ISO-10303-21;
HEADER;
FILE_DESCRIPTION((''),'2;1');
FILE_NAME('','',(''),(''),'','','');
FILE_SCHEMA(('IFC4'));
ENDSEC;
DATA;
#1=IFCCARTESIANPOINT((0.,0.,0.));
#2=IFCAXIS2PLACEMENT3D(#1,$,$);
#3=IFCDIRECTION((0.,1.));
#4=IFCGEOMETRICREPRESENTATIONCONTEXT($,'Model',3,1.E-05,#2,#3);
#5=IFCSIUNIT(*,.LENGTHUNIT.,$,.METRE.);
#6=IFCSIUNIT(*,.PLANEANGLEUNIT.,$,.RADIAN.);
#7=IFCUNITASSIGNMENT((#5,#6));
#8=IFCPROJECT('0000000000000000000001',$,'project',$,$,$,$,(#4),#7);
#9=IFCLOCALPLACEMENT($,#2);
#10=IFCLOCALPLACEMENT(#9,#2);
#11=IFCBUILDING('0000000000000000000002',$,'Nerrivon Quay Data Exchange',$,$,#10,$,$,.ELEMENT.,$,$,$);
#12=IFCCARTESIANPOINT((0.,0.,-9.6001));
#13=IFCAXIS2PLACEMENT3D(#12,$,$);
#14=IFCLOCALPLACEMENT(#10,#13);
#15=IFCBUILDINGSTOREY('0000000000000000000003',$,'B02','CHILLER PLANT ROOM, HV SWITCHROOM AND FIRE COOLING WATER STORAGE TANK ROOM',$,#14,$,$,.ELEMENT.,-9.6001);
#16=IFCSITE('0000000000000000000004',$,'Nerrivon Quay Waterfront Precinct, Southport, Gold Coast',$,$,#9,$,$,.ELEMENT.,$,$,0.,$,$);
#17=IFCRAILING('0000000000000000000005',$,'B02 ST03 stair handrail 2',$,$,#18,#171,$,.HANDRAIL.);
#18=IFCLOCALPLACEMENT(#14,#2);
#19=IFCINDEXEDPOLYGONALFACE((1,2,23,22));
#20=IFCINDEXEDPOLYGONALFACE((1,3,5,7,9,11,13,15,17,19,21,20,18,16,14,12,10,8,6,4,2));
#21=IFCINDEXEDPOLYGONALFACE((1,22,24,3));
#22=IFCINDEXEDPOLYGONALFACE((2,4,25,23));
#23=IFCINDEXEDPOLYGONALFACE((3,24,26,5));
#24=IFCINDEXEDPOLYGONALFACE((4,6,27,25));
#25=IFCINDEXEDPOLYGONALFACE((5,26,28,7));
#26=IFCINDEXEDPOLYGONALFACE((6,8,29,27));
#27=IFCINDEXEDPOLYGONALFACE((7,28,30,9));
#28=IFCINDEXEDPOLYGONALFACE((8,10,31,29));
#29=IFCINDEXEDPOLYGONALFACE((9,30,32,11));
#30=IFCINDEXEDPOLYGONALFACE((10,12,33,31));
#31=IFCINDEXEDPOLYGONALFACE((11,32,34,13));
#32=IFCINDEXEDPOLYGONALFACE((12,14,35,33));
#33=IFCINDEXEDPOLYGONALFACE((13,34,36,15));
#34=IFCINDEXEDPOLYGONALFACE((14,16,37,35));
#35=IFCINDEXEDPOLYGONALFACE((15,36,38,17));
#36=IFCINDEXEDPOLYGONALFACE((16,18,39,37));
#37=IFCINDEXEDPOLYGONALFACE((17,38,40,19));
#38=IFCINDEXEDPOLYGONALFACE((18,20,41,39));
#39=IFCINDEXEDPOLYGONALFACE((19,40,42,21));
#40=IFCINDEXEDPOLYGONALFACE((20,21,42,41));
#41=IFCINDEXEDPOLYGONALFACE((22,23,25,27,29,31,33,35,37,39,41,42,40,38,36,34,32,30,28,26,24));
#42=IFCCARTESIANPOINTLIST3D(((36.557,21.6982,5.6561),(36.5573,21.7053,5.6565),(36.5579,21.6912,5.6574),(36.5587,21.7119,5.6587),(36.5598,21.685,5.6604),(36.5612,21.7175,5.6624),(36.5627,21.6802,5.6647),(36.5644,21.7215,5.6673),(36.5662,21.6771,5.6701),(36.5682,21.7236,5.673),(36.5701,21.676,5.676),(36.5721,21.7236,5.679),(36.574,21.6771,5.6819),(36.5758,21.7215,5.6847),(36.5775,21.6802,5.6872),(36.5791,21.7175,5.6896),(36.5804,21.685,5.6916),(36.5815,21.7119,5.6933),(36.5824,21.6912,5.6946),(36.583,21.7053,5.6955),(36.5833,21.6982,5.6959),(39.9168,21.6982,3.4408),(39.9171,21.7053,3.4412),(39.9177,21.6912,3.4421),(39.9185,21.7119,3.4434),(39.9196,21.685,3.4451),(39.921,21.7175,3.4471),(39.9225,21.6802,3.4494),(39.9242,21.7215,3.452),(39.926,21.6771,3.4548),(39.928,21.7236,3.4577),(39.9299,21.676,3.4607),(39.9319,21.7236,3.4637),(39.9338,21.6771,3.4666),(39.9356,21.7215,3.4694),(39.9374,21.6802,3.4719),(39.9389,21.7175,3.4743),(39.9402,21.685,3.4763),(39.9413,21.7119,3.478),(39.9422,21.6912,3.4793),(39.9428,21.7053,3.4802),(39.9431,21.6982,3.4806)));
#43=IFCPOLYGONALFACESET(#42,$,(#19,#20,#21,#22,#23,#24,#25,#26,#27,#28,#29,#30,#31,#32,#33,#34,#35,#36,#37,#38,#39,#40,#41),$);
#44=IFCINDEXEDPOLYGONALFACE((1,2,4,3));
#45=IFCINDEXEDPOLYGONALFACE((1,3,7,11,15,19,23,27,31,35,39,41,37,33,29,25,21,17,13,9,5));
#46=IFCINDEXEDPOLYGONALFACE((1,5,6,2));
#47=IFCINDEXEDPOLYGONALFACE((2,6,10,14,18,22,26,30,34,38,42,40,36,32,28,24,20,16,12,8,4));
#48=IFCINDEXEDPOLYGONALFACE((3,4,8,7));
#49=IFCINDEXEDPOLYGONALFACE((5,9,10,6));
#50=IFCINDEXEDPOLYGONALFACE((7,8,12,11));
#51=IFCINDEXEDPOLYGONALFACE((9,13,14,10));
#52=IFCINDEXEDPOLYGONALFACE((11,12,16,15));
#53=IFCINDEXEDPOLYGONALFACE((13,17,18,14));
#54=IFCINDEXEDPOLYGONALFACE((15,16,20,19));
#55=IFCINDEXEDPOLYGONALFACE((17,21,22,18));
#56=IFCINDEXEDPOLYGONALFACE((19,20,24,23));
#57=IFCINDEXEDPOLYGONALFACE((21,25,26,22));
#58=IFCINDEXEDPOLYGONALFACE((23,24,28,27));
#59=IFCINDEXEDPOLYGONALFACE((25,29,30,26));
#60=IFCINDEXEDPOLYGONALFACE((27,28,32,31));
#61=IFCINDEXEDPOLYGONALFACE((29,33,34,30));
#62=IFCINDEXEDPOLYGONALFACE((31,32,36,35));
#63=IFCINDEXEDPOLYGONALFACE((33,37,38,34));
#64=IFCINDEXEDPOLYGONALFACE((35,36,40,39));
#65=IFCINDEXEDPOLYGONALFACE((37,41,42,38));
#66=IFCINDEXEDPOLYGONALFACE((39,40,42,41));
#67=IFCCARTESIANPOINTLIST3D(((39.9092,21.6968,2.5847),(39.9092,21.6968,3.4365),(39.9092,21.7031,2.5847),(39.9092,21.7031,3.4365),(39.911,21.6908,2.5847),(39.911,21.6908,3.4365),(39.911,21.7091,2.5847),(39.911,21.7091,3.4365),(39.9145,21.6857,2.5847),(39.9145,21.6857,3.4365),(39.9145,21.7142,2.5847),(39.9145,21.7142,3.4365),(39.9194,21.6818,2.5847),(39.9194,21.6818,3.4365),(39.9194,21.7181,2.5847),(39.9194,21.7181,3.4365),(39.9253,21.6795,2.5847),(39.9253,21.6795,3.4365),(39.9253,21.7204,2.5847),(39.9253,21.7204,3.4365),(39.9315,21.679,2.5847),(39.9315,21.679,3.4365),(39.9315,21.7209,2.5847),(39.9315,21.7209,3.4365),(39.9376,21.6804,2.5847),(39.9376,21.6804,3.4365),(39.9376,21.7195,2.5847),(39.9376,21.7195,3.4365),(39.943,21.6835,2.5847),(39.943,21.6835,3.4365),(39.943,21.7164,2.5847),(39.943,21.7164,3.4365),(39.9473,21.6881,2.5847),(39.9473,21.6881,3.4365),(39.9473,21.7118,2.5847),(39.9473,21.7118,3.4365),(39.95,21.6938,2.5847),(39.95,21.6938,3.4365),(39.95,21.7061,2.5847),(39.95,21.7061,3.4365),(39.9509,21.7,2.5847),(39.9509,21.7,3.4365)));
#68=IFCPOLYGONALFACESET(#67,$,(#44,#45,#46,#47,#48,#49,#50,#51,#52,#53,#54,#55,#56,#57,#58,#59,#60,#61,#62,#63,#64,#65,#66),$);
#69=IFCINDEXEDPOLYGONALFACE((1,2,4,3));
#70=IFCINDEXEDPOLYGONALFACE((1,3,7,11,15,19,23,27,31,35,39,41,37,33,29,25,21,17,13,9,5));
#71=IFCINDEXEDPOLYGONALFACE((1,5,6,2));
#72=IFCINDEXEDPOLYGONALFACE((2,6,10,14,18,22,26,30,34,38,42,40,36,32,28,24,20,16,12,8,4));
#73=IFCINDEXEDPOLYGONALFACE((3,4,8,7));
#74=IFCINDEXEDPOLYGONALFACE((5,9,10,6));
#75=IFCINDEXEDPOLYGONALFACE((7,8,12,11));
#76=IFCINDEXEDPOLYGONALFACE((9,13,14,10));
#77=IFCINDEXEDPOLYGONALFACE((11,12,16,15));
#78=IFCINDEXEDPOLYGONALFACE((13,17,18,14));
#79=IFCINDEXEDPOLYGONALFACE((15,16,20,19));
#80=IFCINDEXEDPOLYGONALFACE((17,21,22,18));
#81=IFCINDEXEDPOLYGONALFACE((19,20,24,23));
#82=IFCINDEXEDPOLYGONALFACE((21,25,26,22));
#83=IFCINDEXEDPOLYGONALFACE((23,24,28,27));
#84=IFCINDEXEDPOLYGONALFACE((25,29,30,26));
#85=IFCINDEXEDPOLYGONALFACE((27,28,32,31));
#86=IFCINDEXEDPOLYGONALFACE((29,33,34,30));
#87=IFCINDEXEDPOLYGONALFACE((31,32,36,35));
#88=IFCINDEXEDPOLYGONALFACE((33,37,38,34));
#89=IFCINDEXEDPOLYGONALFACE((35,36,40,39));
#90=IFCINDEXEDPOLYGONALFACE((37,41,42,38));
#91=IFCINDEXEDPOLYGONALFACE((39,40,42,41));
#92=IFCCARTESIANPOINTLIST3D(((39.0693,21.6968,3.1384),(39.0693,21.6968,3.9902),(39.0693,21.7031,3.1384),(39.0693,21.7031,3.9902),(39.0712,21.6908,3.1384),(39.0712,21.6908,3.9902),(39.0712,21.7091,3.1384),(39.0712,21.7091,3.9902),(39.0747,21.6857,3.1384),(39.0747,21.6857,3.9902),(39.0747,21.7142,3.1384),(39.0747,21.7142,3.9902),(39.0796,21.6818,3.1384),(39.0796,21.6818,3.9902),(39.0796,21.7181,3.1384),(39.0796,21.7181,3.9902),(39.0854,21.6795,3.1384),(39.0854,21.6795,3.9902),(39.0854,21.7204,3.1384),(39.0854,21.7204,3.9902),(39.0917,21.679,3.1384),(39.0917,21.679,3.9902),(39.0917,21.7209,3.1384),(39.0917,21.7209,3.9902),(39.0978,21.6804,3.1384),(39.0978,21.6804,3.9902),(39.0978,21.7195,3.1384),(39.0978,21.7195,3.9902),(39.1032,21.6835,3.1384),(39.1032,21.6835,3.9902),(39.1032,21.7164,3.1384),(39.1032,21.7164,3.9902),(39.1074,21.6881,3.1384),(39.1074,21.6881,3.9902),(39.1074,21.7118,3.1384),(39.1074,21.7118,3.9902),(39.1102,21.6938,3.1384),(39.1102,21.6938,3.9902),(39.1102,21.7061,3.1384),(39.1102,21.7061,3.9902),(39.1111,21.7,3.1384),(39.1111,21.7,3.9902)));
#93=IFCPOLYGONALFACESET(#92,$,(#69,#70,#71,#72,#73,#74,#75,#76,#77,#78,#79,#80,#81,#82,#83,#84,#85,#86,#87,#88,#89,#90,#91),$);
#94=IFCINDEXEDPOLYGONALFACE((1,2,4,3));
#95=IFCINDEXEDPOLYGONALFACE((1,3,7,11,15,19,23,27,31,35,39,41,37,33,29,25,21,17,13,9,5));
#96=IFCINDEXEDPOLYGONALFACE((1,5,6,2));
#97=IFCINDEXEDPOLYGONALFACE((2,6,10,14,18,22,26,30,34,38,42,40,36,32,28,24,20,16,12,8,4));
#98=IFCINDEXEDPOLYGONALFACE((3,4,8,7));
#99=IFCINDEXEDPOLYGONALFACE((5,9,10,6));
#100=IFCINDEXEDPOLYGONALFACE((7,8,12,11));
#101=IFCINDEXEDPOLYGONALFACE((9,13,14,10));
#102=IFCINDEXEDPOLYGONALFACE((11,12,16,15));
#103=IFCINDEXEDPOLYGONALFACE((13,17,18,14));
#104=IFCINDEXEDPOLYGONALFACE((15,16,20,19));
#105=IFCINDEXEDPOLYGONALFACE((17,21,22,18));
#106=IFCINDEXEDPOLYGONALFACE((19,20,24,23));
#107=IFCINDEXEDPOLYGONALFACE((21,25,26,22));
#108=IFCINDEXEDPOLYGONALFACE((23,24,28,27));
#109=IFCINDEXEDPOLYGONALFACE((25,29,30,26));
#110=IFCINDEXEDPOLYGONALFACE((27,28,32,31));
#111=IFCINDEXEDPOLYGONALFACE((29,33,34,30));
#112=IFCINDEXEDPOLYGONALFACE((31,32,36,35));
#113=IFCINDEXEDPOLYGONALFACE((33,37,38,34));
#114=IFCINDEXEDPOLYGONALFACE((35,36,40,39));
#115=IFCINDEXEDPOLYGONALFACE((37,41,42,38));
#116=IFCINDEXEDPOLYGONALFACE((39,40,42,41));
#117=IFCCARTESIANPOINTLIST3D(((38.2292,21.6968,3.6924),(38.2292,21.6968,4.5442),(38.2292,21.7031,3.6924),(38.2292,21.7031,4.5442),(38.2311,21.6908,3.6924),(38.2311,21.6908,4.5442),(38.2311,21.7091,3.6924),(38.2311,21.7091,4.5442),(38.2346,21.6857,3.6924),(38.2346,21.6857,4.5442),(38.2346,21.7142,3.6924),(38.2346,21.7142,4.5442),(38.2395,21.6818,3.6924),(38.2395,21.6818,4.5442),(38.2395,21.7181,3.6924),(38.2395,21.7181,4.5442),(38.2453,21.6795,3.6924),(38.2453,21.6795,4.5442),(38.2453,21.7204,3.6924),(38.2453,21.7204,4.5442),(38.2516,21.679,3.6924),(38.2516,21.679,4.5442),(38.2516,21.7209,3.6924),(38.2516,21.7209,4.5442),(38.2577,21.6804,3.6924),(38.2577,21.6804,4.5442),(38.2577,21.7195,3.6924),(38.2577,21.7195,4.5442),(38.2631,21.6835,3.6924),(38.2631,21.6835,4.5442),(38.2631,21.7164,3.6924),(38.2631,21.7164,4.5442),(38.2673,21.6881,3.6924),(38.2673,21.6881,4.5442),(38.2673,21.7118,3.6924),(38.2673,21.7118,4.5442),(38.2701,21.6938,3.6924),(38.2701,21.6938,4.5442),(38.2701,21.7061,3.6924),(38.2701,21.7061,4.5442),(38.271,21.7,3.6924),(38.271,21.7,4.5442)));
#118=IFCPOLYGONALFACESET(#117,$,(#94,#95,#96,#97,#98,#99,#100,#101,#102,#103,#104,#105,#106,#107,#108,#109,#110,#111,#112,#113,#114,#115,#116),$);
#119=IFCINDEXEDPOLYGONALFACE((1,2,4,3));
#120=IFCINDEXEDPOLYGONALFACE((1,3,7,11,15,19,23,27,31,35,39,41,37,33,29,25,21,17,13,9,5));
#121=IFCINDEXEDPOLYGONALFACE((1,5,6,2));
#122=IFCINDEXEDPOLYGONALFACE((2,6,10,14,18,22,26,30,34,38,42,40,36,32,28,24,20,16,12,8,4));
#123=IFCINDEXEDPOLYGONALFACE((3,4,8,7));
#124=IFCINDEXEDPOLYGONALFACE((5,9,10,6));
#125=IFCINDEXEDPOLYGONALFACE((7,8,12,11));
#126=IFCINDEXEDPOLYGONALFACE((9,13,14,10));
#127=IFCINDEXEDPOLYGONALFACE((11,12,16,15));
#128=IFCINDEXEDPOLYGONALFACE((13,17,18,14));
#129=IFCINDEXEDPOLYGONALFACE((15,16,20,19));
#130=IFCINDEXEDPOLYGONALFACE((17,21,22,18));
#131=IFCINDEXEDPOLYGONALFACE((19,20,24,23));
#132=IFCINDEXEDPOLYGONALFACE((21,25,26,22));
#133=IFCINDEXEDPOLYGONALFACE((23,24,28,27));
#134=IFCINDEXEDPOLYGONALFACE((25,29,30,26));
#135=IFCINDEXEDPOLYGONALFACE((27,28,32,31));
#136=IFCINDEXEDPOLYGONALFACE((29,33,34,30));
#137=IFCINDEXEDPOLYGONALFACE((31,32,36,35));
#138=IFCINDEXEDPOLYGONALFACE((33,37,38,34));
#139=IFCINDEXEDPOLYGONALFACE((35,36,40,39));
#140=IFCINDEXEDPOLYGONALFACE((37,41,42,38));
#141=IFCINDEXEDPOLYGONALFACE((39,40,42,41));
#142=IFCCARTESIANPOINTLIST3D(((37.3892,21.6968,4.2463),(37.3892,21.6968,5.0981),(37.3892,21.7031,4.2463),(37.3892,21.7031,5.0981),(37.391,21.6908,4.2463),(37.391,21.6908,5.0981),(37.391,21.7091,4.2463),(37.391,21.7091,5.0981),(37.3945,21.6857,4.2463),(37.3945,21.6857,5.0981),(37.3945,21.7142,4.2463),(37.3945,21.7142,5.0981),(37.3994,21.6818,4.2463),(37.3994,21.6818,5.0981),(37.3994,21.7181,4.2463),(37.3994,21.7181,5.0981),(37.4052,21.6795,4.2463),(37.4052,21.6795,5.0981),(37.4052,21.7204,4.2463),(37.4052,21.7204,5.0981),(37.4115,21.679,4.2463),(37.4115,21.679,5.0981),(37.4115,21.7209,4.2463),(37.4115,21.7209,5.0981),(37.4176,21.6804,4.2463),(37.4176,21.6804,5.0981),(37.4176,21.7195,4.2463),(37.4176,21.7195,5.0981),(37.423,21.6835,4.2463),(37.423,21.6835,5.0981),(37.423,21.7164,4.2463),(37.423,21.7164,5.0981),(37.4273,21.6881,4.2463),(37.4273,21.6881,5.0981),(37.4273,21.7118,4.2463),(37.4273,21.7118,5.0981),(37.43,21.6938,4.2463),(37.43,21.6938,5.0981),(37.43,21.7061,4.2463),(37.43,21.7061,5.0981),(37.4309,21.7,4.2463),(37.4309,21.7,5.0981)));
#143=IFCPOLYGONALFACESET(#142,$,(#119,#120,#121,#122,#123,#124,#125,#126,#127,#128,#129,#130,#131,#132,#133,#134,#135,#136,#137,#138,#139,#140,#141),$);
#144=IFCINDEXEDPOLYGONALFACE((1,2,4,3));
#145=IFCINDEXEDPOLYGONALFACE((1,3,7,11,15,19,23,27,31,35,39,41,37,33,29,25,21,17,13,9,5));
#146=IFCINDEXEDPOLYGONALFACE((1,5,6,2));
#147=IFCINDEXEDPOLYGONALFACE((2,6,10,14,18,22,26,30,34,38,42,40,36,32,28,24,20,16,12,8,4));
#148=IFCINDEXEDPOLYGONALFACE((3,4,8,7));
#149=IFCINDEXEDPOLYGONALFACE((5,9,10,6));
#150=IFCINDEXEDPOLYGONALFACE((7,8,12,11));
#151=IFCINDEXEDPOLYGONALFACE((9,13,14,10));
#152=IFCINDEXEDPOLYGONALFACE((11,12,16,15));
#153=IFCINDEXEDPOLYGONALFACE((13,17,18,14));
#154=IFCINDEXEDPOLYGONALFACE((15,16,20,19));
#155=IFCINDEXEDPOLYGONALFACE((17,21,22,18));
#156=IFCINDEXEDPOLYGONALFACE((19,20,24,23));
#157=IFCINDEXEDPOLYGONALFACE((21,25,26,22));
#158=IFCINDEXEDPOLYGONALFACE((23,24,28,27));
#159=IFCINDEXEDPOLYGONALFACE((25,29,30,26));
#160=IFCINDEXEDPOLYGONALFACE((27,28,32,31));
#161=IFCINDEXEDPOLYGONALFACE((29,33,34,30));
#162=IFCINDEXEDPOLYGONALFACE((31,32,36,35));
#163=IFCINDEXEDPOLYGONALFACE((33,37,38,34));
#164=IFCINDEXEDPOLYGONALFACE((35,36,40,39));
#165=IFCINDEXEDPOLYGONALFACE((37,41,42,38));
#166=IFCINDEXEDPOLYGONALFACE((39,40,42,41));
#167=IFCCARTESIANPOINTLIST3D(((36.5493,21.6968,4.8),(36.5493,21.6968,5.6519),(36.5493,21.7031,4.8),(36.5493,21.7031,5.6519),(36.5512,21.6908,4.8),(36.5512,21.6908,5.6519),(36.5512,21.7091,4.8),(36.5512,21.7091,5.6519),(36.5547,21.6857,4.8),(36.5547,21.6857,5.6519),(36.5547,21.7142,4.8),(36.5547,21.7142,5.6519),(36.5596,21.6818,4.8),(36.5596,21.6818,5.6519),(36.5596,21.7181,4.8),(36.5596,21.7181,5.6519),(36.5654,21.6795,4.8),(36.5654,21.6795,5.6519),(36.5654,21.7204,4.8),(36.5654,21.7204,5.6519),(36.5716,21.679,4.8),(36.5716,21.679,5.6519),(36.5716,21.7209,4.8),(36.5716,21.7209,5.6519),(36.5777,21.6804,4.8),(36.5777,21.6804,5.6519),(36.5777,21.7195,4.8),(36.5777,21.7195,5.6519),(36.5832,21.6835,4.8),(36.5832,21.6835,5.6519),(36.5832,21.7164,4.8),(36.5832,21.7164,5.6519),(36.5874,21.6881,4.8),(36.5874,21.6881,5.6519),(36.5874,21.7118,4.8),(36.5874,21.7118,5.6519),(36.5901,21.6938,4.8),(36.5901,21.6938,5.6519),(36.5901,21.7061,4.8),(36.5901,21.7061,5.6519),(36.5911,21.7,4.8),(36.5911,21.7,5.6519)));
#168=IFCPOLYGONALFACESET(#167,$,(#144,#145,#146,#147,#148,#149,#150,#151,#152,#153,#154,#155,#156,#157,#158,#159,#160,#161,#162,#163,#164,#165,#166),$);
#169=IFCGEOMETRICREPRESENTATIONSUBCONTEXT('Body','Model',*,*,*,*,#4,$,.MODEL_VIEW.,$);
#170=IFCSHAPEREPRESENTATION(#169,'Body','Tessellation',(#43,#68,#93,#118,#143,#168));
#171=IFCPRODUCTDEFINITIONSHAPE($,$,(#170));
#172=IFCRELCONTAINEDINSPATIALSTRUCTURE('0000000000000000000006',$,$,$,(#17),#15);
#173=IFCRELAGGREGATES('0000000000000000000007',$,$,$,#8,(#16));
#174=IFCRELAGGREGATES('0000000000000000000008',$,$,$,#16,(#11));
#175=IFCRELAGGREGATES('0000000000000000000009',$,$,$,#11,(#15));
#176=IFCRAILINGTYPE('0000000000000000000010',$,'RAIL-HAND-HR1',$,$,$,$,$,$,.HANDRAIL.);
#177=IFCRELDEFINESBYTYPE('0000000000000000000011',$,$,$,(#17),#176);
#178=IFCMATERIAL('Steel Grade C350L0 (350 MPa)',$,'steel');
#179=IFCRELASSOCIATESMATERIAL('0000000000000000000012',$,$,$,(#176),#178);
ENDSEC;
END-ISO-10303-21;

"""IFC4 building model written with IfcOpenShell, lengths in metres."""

from ifc_helpers import new_model, si_unit, direction, frame, origin, origin_2d, place, context, subcontext, project, spatial, circle, extrude, material, type_object, element, save


model = new_model("IFC4")

# Units and contexts
model_context = context("Model", 3, precision=1e-05, world=origin(), true_north=direction((0.0, 1.0)))
body_context = subcontext(model_context, "Body", "Model", "MODEL_VIEW")
ifc_project = project(units=[si_unit("LENGTHUNIT", "METRE"), si_unit("PLANEANGLEUNIT", "RADIAN")], contexts=[model_context])

# Site, building, storey
site_placement = place(None, origin())
site = spatial("IfcSite", under=ifc_project, at=site_placement, Name="Nerrivon Quay Waterfront Precinct, Southport, Gold Coast", CompositionType="ELEMENT", RefElevation=0.0)
building_placement = place(site_placement, origin())
building = spatial("IfcBuilding", under=site, at=building_placement, Name="Nerrivon Quay Data Exchange", CompositionType="ELEMENT")
storey_placement = place(building_placement, frame((0.0, 0.0, -9.6001)))
storey = spatial("IfcBuildingStorey", under=building, at=storey_placement, Name="B02", Description="CHILLER PLANT ROOM, HV SWITCHROOM AND FIRE COOLING WATER STORAGE TANK ROOM", CompositionType="ELEMENT", Elevation=-9.6001)

# Railing
ifc_material_1 = material(Name="Steel Grade C350L0 (350 MPa)", Category="steel")
railing_type_1 = type_object("IfcRailingType", Name="RAIL-HAND-HR1", PredefinedType="HANDRAIL", material=ifc_material_1)
railing_1_placement = place(storey_placement, frame((39.9299, 21.7, 2.5847)))
element("IfcRailing", 1, at=railing_1_placement, inside=storey, type_object=railing_type_1, Name="B02 ST03 stair handrail 2", PredefinedType="HANDRAIL", context=body_context, shape_type="SweptSolid", body=[
    extrude(circle(Radius=0.0239, at=origin_2d()), frame((0.0, 0.0, 0.876), z_axis=(-0.834858, 0.0, 0.550465), x_axis=(0.0, -1.0, 0.0)), (0.0, 0.0, 1.0), 4.0244),
    extrude(circle(Radius=0.021, at=origin_2d()), origin(), (0.0, 0.0, 1.0), 0.8518),
    extrude(circle(Radius=0.021, at=origin_2d()), frame((-0.8398, 0.0, 0.5537)), (0.0, 0.0, 1.0), 0.8518),
    extrude(circle(Radius=0.021, at=origin_2d()), frame((-1.6799, 0.0, 1.1077)), (0.0, 0.0, 1.0), 0.8518),
    extrude(circle(Radius=0.021, at=origin_2d()), frame((-2.52, 0.0, 1.6616)), (0.0, 0.0, 1.0), 0.8518),
    extrude(circle(Radius=0.021, at=origin_2d()), frame((-3.3599, 0.0, 2.2153)), (0.0, 0.0, 1.0), 0.8518),
])

save(model, "model.ifc")
